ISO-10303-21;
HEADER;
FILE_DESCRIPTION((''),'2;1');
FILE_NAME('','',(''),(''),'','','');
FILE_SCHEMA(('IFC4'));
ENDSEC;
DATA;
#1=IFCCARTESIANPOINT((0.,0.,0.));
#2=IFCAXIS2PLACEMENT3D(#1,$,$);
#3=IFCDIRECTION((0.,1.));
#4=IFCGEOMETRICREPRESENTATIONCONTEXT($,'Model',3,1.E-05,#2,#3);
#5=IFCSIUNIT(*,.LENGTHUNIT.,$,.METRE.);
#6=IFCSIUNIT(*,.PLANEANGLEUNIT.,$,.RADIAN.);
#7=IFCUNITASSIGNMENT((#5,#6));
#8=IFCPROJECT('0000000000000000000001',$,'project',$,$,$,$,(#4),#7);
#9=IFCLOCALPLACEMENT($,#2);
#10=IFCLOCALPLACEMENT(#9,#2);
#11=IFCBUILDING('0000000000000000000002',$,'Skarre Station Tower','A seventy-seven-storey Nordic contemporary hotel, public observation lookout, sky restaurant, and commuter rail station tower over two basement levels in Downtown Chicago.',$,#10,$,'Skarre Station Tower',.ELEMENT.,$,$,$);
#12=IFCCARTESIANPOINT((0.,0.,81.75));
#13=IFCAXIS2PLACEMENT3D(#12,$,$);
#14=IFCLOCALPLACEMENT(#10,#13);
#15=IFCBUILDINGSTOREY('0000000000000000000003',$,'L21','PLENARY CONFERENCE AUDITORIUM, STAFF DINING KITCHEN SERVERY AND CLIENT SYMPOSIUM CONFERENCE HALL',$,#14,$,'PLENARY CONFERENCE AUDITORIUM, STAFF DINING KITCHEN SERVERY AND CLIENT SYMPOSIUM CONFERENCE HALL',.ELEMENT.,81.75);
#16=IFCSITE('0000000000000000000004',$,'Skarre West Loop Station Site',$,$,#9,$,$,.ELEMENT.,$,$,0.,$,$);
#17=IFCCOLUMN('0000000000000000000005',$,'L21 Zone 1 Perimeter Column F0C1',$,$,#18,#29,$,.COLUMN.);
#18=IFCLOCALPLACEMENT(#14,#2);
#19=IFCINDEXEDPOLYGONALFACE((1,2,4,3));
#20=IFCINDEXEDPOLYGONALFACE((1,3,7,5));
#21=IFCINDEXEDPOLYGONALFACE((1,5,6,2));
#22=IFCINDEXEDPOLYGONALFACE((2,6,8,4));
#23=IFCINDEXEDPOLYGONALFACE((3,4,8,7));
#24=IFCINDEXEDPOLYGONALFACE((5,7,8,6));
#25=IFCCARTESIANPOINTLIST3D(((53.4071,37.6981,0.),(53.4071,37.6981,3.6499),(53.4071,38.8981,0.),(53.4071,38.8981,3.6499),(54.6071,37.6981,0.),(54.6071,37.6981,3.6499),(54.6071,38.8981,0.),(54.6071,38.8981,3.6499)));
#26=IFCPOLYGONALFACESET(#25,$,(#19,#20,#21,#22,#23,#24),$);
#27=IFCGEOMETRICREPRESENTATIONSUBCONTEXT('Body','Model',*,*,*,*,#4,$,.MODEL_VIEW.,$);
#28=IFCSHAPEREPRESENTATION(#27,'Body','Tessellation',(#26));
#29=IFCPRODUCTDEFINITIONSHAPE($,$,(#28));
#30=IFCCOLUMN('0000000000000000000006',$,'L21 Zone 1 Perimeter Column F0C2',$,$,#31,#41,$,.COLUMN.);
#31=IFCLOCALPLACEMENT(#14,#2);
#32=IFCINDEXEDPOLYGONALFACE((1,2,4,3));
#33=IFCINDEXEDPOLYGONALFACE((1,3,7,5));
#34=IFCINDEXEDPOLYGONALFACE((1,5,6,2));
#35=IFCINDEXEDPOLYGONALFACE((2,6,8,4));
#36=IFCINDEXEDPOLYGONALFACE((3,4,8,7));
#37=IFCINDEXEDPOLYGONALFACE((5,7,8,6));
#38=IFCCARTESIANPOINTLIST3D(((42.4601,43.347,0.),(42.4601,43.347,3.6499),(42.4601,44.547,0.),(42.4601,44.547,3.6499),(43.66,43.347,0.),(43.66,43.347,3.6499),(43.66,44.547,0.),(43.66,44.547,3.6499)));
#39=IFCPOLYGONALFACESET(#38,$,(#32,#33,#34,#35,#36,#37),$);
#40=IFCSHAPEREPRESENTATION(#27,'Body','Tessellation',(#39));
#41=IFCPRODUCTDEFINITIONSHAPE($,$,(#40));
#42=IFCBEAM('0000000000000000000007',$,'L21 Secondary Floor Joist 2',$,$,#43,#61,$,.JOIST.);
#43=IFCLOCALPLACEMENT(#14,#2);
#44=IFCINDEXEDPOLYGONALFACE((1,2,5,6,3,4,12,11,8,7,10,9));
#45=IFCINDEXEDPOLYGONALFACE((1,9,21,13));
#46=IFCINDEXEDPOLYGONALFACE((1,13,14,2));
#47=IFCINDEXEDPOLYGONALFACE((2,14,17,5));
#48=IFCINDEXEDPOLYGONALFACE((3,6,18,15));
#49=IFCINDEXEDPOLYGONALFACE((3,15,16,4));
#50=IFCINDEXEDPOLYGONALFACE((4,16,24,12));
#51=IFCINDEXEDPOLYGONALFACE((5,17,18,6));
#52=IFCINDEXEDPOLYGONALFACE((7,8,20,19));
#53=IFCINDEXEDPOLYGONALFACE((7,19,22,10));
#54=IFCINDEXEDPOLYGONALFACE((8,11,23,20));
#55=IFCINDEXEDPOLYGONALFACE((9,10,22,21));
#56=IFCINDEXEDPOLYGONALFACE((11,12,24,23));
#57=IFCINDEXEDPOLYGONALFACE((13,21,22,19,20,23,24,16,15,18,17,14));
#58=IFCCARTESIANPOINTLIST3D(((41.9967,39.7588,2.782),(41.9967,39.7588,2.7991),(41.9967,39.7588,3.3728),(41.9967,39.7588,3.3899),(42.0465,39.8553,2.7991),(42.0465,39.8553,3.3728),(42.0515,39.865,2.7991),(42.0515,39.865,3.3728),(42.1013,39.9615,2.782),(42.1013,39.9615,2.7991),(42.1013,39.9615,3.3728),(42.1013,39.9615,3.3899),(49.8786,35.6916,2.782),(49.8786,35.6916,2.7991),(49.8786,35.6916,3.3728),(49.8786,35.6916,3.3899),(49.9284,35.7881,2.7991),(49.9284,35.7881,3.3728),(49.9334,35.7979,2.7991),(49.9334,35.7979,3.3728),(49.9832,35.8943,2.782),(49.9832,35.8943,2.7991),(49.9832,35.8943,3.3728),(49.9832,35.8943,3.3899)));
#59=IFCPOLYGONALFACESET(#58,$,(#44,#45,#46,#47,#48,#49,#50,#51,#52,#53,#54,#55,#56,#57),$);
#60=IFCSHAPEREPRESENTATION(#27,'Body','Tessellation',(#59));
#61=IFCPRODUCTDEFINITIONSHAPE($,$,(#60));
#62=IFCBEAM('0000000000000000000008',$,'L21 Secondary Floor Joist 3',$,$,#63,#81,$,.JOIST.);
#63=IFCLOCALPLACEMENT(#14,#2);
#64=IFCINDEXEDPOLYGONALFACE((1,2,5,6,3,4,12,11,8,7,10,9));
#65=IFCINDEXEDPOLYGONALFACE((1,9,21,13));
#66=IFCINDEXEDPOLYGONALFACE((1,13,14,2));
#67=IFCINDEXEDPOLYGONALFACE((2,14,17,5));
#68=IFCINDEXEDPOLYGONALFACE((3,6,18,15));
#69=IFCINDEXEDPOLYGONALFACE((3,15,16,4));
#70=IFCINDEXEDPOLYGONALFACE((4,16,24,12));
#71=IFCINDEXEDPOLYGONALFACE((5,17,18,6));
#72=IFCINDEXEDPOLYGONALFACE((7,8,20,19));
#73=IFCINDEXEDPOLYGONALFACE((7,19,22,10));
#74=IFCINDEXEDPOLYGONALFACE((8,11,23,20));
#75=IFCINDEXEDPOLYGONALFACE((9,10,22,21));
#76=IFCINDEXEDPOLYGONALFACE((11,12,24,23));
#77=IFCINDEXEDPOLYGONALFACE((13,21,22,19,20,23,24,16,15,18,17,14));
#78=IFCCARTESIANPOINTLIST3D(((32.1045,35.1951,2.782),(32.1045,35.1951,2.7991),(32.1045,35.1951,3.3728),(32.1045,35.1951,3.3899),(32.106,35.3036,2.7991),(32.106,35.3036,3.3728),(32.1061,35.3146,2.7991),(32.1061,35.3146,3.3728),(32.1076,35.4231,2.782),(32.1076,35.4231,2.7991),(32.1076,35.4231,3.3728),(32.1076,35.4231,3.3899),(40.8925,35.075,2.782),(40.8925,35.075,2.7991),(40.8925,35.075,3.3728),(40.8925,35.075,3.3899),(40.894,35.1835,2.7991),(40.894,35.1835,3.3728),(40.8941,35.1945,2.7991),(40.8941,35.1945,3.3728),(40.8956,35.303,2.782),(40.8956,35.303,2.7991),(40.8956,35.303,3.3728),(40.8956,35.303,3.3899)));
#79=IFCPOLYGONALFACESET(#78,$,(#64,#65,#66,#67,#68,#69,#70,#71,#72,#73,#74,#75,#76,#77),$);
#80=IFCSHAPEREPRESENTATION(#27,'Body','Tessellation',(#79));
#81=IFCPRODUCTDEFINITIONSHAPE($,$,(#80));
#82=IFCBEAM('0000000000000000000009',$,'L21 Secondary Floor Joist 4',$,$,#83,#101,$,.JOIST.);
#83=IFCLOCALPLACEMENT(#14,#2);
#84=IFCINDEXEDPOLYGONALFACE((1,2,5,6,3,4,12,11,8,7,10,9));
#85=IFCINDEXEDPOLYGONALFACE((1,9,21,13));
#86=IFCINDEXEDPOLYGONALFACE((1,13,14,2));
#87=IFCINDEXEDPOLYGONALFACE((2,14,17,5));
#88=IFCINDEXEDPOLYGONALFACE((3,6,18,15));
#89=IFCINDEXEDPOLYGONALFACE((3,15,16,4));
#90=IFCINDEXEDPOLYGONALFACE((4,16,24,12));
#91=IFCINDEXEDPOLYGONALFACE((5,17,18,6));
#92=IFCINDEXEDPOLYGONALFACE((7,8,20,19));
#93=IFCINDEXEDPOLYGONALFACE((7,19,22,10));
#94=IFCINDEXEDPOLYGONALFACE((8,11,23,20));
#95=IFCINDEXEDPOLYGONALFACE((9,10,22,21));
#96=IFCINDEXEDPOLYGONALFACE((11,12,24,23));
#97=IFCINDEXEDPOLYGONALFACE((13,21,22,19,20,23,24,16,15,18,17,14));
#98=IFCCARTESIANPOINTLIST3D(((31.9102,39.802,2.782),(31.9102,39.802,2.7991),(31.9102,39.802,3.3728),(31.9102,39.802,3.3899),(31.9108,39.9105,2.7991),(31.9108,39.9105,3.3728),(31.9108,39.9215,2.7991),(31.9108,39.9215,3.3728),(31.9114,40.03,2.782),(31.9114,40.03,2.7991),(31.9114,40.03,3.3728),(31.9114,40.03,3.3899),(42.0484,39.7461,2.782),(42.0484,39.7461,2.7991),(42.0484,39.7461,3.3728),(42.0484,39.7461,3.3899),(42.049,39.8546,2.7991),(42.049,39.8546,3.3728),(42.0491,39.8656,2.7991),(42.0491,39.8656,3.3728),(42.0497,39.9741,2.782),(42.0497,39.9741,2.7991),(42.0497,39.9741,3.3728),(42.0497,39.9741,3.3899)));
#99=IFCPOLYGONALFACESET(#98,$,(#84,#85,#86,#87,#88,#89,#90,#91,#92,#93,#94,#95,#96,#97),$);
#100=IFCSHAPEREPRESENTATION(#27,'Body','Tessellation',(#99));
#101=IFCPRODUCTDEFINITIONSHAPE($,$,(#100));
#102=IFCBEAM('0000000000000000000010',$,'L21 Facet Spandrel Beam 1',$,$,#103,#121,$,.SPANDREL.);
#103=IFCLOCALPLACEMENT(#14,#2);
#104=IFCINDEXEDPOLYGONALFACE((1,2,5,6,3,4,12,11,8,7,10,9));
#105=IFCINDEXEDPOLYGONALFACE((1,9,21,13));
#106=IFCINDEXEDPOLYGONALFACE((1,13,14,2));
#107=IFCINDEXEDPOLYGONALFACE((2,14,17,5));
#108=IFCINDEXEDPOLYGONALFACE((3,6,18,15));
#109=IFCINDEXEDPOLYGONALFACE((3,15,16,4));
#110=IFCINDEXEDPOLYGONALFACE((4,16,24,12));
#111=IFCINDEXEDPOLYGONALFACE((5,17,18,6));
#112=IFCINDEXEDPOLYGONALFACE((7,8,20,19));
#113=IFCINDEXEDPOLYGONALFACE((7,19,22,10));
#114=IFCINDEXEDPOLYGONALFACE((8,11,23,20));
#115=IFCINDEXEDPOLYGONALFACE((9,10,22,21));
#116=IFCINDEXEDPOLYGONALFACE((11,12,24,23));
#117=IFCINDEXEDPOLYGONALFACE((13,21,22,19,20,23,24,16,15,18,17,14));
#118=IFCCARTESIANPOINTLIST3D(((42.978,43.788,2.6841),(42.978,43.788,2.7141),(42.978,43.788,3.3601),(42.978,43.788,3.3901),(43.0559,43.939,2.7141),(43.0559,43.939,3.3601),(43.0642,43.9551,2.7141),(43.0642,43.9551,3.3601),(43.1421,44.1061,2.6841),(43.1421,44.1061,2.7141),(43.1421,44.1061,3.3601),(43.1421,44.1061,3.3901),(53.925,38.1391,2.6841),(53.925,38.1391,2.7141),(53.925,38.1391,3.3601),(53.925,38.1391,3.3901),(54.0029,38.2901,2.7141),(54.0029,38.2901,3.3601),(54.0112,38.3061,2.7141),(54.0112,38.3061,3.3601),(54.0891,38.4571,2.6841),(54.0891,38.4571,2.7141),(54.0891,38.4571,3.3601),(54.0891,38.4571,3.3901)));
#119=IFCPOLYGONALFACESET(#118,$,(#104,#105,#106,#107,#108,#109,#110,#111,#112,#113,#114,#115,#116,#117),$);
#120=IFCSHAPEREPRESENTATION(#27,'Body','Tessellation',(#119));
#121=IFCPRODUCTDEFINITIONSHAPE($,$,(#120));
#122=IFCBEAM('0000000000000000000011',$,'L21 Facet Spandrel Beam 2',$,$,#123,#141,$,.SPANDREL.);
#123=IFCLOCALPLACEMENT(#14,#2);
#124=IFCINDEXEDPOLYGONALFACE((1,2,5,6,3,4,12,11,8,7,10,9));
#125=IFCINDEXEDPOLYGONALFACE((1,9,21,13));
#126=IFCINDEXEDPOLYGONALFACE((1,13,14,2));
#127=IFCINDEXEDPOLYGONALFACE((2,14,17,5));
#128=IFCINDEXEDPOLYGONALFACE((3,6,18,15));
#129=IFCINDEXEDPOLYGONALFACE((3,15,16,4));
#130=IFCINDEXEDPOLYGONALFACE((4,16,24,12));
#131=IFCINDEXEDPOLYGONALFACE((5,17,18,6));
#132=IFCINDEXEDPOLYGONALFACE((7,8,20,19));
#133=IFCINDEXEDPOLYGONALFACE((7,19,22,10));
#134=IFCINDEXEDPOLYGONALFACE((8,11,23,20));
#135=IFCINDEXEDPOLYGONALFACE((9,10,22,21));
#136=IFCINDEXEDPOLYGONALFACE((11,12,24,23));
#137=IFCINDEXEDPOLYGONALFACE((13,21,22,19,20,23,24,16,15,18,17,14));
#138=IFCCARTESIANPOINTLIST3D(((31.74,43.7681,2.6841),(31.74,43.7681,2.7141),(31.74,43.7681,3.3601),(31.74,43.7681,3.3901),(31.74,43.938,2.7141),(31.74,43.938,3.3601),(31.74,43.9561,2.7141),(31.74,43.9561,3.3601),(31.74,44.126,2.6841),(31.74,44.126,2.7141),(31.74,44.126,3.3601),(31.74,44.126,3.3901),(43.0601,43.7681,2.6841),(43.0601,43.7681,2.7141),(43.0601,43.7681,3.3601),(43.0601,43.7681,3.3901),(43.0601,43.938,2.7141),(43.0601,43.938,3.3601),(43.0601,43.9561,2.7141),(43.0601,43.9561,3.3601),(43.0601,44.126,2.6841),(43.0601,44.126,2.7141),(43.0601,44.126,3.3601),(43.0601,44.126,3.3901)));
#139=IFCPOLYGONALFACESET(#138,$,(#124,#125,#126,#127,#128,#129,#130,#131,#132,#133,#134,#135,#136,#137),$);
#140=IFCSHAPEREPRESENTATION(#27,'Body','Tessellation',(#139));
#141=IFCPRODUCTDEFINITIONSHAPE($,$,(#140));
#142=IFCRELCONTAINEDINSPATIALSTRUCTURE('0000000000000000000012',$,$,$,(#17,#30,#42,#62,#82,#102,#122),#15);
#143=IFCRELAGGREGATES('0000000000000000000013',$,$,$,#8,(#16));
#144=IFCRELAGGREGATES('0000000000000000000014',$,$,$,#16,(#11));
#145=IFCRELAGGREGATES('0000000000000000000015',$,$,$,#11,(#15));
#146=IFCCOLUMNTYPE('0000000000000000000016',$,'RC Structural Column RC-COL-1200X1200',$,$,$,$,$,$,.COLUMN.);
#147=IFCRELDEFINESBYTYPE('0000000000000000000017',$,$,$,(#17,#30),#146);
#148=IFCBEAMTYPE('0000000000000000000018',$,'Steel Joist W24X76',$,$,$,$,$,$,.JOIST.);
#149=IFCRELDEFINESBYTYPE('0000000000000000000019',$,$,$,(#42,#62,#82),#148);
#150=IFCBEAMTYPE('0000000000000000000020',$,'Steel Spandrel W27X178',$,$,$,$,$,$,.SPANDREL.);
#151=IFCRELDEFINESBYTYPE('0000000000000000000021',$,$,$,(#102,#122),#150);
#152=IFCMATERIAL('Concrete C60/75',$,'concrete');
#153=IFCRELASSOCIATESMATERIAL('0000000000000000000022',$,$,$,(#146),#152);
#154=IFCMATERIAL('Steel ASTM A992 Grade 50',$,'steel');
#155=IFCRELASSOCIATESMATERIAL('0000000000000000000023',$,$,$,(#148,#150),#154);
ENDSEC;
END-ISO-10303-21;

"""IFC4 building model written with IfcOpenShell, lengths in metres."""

from ifc_helpers import new_model, si_unit, direction, frame, origin, origin_2d, place, context, subcontext, project, spatial, rectangle, i_section, extrude, material, material_profile, profile_set, type_object, element, save


model = new_model("IFC4")

# Units and contexts
model_context = context("Model", 3, precision=1e-05, world=origin(), true_north=direction((0.0, 1.0)))
body_context = subcontext(model_context, "Body", "Model", "MODEL_VIEW")
ifc_project = project(units=[si_unit("LENGTHUNIT", "METRE"), si_unit("PLANEANGLEUNIT", "RADIAN")], contexts=[model_context])

# Site, building, storey
site_placement = place(None, origin())
site = spatial("IfcSite", under=ifc_project, at=site_placement, Name="Skarre West Loop Station Site", CompositionType="ELEMENT", RefElevation=0.0)
building_placement = place(site_placement, origin())
building = spatial("IfcBuilding", under=site, at=building_placement, Name="Skarre Station Tower", Description="A seventy-seven-storey Nordic contemporary hotel, public observation lookout, sky restaurant, and commuter rail station tower over two basement levels in Downtown Chicago.", LongName="Skarre Station Tower", CompositionType="ELEMENT")
storey_placement = place(building_placement, frame((0.0, 0.0, 81.75)))
storey = spatial("IfcBuildingStorey", under=building, at=storey_placement, Name="L21", Description="PLENARY CONFERENCE AUDITORIUM, STAFF DINING KITCHEN SERVERY AND CLIENT SYMPOSIUM CONFERENCE HALL", LongName="PLENARY CONFERENCE AUDITORIUM, STAFF DINING KITCHEN SERVERY AND CLIENT SYMPOSIUM CONFERENCE HALL", CompositionType="ELEMENT", Elevation=81.75)

# Columns
ifc_material_1 = material(Name="Concrete C60/75", Category="concrete")
ifc_material_profile_1 = material_profile(ifc_material_1, rectangle(XDim=1.2, YDim=1.2, at=origin_2d()), Name="Concrete C60/75")
ifc_profile_set_1 = profile_set([ifc_material_profile_1], Name="Concrete C60/75")
column_type = type_object("IfcColumnType", Name="RC Structural Column RC-COL-1200X1200", PredefinedType="COLUMN", material=ifc_profile_set_1)
for number, where, z_axis, x_axis, name in (
    (1, (54.0071, 38.2981, 0.0), (0.0, 0.0, 1.0), (1.0, 0.0, 0.0), "L21 Zone 1 Perimeter Column F0C1"),
    (2, (43.0601, 43.947, 0.0), (0.0, 0.0, 1.0), (1.0, 0.0, 0.0), "L21 Zone 1 Perimeter Column F0C2"),
):
    element("IfcColumn", number, at=place(storey_placement, frame(where, z_axis=z_axis, x_axis=x_axis)), inside=storey, type_object=column_type, Name=name, PredefinedType="COLUMN", context=body_context, shape_type="SweptSolid", body=[
        extrude(rectangle(XDim=1.2, YDim=1.2, at=origin_2d()), origin(), (0.0, 0.0, 1.0), 3.6499),
    ])

# Beams
ifc_material_2 = material(Name="Steel ASTM A992 Grade 50", Category="steel")
ifc_material_profile_2 = material_profile(ifc_material_2, i_section(OverallWidth=0.228, OverallDepth=0.6079, WebThickness=0.011, FlangeThickness=0.0171, at=origin_2d()), Name="Steel ASTM A992 Grade 50")
ifc_profile_set_2 = profile_set([ifc_material_profile_2], Name="Steel ASTM A992 Grade 50")
beam_type_1 = type_object("IfcBeamType", Name="Steel Joist W24X76", PredefinedType="JOIST", material=ifc_profile_set_2)
beam_1_placement = place(storey_placement, frame((49.9309, 35.793, 3.0859), z_axis=(-0.888662, 0.458562, 0.0), x_axis=(-0.458562, -0.888662, 0.0)))
element("IfcBeam", 3, at=beam_1_placement, inside=storey, type_object=beam_type_1, Name="L21 Secondary Floor Joist 2", PredefinedType="JOIST", context=body_context, shape_type="SweptSolid", body=[
    extrude(i_section(OverallWidth=0.228, OverallDepth=0.6079, WebThickness=0.011, FlangeThickness=0.0171, at=origin_2d()), origin(), (0.0, 0.0, 1.0), 8.8694),
])
beam_2_placement = place(storey_placement, frame((40.894, 35.189, 3.0859), z_axis=(-0.999907, 0.013667, 0.0), x_axis=(-0.013667, -0.999907, 0.0)))
element("IfcBeam", 4, at=beam_2_placement, inside=storey, type_object=beam_type_1, Name="L21 Secondary Floor Joist 3", PredefinedType="JOIST", context=body_context, shape_type="SweptSolid", body=[
    extrude(i_section(OverallWidth=0.228, OverallDepth=0.6079, WebThickness=0.011, FlangeThickness=0.0171, at=origin_2d()), origin(), (0.0, 0.0, 1.0), 8.7888),
])
beam_3_placement = place(storey_placement, frame((42.0491, 39.8601, 3.0859), z_axis=(-0.999985, 0.005515, 0.0), x_axis=(-0.005515, -0.999985, 0.0)))
element("IfcBeam", 5, at=beam_3_placement, inside=storey, type_object=beam_type_1, Name="L21 Secondary Floor Joist 4", PredefinedType="JOIST", context=body_context, shape_type="SweptSolid", body=[
    extrude(i_section(OverallWidth=0.228, OverallDepth=0.6079, WebThickness=0.011, FlangeThickness=0.0171, at=origin_2d()), origin(), (0.0, 0.0, 1.0), 10.1384),
])
ifc_material_profile_3 = material_profile(ifc_material_2, i_section(OverallWidth=0.3579, OverallDepth=0.7061, WebThickness=0.0181, FlangeThickness=0.03, at=origin_2d()), Name="Steel ASTM A992 Grade 50")
ifc_profile_set_3 = profile_set([ifc_material_profile_3], Name="Steel ASTM A992 Grade 50")
beam_type_2 = type_object("IfcBeamType", Name="Steel Spandrel W27X178", PredefinedType="SPANDREL", material=ifc_profile_set_3)
beam_4_placement = place(storey_placement, frame((54.0071, 38.2981, 3.0371), z_axis=(-0.888659, 0.458569, 0.0), x_axis=(-0.458569, -0.888659, 0.0)))
element("IfcBeam", 6, at=beam_4_placement, inside=storey, type_object=beam_type_2, Name="L21 Facet Spandrel Beam 1", PredefinedType="SPANDREL", context=body_context, shape_type="SweptSolid", body=[
    extrude(i_section(OverallWidth=0.3579, OverallDepth=0.7061, WebThickness=0.0181, FlangeThickness=0.03, at=origin_2d()), origin(), (0.0, 0.0, 1.0), 12.3186),
])
beam_5_placement = place(storey_placement, frame((43.0601, 43.947, 3.0371), z_axis=(-1.0, 0.0, 0.0), x_axis=(0.0, -1.0, 0.0)))
element("IfcBeam", 7, at=beam_5_placement, inside=storey, type_object=beam_type_2, Name="L21 Facet Spandrel Beam 2", PredefinedType="SPANDREL", context=body_context, shape_type="SweptSolid", body=[
    extrude(i_section(OverallWidth=0.3579, OverallDepth=0.7061, WebThickness=0.0181, FlangeThickness=0.03, at=origin_2d()), origin(), (0.0, 0.0, 1.0), 11.3201),
])

save(model, "model.ifc")
